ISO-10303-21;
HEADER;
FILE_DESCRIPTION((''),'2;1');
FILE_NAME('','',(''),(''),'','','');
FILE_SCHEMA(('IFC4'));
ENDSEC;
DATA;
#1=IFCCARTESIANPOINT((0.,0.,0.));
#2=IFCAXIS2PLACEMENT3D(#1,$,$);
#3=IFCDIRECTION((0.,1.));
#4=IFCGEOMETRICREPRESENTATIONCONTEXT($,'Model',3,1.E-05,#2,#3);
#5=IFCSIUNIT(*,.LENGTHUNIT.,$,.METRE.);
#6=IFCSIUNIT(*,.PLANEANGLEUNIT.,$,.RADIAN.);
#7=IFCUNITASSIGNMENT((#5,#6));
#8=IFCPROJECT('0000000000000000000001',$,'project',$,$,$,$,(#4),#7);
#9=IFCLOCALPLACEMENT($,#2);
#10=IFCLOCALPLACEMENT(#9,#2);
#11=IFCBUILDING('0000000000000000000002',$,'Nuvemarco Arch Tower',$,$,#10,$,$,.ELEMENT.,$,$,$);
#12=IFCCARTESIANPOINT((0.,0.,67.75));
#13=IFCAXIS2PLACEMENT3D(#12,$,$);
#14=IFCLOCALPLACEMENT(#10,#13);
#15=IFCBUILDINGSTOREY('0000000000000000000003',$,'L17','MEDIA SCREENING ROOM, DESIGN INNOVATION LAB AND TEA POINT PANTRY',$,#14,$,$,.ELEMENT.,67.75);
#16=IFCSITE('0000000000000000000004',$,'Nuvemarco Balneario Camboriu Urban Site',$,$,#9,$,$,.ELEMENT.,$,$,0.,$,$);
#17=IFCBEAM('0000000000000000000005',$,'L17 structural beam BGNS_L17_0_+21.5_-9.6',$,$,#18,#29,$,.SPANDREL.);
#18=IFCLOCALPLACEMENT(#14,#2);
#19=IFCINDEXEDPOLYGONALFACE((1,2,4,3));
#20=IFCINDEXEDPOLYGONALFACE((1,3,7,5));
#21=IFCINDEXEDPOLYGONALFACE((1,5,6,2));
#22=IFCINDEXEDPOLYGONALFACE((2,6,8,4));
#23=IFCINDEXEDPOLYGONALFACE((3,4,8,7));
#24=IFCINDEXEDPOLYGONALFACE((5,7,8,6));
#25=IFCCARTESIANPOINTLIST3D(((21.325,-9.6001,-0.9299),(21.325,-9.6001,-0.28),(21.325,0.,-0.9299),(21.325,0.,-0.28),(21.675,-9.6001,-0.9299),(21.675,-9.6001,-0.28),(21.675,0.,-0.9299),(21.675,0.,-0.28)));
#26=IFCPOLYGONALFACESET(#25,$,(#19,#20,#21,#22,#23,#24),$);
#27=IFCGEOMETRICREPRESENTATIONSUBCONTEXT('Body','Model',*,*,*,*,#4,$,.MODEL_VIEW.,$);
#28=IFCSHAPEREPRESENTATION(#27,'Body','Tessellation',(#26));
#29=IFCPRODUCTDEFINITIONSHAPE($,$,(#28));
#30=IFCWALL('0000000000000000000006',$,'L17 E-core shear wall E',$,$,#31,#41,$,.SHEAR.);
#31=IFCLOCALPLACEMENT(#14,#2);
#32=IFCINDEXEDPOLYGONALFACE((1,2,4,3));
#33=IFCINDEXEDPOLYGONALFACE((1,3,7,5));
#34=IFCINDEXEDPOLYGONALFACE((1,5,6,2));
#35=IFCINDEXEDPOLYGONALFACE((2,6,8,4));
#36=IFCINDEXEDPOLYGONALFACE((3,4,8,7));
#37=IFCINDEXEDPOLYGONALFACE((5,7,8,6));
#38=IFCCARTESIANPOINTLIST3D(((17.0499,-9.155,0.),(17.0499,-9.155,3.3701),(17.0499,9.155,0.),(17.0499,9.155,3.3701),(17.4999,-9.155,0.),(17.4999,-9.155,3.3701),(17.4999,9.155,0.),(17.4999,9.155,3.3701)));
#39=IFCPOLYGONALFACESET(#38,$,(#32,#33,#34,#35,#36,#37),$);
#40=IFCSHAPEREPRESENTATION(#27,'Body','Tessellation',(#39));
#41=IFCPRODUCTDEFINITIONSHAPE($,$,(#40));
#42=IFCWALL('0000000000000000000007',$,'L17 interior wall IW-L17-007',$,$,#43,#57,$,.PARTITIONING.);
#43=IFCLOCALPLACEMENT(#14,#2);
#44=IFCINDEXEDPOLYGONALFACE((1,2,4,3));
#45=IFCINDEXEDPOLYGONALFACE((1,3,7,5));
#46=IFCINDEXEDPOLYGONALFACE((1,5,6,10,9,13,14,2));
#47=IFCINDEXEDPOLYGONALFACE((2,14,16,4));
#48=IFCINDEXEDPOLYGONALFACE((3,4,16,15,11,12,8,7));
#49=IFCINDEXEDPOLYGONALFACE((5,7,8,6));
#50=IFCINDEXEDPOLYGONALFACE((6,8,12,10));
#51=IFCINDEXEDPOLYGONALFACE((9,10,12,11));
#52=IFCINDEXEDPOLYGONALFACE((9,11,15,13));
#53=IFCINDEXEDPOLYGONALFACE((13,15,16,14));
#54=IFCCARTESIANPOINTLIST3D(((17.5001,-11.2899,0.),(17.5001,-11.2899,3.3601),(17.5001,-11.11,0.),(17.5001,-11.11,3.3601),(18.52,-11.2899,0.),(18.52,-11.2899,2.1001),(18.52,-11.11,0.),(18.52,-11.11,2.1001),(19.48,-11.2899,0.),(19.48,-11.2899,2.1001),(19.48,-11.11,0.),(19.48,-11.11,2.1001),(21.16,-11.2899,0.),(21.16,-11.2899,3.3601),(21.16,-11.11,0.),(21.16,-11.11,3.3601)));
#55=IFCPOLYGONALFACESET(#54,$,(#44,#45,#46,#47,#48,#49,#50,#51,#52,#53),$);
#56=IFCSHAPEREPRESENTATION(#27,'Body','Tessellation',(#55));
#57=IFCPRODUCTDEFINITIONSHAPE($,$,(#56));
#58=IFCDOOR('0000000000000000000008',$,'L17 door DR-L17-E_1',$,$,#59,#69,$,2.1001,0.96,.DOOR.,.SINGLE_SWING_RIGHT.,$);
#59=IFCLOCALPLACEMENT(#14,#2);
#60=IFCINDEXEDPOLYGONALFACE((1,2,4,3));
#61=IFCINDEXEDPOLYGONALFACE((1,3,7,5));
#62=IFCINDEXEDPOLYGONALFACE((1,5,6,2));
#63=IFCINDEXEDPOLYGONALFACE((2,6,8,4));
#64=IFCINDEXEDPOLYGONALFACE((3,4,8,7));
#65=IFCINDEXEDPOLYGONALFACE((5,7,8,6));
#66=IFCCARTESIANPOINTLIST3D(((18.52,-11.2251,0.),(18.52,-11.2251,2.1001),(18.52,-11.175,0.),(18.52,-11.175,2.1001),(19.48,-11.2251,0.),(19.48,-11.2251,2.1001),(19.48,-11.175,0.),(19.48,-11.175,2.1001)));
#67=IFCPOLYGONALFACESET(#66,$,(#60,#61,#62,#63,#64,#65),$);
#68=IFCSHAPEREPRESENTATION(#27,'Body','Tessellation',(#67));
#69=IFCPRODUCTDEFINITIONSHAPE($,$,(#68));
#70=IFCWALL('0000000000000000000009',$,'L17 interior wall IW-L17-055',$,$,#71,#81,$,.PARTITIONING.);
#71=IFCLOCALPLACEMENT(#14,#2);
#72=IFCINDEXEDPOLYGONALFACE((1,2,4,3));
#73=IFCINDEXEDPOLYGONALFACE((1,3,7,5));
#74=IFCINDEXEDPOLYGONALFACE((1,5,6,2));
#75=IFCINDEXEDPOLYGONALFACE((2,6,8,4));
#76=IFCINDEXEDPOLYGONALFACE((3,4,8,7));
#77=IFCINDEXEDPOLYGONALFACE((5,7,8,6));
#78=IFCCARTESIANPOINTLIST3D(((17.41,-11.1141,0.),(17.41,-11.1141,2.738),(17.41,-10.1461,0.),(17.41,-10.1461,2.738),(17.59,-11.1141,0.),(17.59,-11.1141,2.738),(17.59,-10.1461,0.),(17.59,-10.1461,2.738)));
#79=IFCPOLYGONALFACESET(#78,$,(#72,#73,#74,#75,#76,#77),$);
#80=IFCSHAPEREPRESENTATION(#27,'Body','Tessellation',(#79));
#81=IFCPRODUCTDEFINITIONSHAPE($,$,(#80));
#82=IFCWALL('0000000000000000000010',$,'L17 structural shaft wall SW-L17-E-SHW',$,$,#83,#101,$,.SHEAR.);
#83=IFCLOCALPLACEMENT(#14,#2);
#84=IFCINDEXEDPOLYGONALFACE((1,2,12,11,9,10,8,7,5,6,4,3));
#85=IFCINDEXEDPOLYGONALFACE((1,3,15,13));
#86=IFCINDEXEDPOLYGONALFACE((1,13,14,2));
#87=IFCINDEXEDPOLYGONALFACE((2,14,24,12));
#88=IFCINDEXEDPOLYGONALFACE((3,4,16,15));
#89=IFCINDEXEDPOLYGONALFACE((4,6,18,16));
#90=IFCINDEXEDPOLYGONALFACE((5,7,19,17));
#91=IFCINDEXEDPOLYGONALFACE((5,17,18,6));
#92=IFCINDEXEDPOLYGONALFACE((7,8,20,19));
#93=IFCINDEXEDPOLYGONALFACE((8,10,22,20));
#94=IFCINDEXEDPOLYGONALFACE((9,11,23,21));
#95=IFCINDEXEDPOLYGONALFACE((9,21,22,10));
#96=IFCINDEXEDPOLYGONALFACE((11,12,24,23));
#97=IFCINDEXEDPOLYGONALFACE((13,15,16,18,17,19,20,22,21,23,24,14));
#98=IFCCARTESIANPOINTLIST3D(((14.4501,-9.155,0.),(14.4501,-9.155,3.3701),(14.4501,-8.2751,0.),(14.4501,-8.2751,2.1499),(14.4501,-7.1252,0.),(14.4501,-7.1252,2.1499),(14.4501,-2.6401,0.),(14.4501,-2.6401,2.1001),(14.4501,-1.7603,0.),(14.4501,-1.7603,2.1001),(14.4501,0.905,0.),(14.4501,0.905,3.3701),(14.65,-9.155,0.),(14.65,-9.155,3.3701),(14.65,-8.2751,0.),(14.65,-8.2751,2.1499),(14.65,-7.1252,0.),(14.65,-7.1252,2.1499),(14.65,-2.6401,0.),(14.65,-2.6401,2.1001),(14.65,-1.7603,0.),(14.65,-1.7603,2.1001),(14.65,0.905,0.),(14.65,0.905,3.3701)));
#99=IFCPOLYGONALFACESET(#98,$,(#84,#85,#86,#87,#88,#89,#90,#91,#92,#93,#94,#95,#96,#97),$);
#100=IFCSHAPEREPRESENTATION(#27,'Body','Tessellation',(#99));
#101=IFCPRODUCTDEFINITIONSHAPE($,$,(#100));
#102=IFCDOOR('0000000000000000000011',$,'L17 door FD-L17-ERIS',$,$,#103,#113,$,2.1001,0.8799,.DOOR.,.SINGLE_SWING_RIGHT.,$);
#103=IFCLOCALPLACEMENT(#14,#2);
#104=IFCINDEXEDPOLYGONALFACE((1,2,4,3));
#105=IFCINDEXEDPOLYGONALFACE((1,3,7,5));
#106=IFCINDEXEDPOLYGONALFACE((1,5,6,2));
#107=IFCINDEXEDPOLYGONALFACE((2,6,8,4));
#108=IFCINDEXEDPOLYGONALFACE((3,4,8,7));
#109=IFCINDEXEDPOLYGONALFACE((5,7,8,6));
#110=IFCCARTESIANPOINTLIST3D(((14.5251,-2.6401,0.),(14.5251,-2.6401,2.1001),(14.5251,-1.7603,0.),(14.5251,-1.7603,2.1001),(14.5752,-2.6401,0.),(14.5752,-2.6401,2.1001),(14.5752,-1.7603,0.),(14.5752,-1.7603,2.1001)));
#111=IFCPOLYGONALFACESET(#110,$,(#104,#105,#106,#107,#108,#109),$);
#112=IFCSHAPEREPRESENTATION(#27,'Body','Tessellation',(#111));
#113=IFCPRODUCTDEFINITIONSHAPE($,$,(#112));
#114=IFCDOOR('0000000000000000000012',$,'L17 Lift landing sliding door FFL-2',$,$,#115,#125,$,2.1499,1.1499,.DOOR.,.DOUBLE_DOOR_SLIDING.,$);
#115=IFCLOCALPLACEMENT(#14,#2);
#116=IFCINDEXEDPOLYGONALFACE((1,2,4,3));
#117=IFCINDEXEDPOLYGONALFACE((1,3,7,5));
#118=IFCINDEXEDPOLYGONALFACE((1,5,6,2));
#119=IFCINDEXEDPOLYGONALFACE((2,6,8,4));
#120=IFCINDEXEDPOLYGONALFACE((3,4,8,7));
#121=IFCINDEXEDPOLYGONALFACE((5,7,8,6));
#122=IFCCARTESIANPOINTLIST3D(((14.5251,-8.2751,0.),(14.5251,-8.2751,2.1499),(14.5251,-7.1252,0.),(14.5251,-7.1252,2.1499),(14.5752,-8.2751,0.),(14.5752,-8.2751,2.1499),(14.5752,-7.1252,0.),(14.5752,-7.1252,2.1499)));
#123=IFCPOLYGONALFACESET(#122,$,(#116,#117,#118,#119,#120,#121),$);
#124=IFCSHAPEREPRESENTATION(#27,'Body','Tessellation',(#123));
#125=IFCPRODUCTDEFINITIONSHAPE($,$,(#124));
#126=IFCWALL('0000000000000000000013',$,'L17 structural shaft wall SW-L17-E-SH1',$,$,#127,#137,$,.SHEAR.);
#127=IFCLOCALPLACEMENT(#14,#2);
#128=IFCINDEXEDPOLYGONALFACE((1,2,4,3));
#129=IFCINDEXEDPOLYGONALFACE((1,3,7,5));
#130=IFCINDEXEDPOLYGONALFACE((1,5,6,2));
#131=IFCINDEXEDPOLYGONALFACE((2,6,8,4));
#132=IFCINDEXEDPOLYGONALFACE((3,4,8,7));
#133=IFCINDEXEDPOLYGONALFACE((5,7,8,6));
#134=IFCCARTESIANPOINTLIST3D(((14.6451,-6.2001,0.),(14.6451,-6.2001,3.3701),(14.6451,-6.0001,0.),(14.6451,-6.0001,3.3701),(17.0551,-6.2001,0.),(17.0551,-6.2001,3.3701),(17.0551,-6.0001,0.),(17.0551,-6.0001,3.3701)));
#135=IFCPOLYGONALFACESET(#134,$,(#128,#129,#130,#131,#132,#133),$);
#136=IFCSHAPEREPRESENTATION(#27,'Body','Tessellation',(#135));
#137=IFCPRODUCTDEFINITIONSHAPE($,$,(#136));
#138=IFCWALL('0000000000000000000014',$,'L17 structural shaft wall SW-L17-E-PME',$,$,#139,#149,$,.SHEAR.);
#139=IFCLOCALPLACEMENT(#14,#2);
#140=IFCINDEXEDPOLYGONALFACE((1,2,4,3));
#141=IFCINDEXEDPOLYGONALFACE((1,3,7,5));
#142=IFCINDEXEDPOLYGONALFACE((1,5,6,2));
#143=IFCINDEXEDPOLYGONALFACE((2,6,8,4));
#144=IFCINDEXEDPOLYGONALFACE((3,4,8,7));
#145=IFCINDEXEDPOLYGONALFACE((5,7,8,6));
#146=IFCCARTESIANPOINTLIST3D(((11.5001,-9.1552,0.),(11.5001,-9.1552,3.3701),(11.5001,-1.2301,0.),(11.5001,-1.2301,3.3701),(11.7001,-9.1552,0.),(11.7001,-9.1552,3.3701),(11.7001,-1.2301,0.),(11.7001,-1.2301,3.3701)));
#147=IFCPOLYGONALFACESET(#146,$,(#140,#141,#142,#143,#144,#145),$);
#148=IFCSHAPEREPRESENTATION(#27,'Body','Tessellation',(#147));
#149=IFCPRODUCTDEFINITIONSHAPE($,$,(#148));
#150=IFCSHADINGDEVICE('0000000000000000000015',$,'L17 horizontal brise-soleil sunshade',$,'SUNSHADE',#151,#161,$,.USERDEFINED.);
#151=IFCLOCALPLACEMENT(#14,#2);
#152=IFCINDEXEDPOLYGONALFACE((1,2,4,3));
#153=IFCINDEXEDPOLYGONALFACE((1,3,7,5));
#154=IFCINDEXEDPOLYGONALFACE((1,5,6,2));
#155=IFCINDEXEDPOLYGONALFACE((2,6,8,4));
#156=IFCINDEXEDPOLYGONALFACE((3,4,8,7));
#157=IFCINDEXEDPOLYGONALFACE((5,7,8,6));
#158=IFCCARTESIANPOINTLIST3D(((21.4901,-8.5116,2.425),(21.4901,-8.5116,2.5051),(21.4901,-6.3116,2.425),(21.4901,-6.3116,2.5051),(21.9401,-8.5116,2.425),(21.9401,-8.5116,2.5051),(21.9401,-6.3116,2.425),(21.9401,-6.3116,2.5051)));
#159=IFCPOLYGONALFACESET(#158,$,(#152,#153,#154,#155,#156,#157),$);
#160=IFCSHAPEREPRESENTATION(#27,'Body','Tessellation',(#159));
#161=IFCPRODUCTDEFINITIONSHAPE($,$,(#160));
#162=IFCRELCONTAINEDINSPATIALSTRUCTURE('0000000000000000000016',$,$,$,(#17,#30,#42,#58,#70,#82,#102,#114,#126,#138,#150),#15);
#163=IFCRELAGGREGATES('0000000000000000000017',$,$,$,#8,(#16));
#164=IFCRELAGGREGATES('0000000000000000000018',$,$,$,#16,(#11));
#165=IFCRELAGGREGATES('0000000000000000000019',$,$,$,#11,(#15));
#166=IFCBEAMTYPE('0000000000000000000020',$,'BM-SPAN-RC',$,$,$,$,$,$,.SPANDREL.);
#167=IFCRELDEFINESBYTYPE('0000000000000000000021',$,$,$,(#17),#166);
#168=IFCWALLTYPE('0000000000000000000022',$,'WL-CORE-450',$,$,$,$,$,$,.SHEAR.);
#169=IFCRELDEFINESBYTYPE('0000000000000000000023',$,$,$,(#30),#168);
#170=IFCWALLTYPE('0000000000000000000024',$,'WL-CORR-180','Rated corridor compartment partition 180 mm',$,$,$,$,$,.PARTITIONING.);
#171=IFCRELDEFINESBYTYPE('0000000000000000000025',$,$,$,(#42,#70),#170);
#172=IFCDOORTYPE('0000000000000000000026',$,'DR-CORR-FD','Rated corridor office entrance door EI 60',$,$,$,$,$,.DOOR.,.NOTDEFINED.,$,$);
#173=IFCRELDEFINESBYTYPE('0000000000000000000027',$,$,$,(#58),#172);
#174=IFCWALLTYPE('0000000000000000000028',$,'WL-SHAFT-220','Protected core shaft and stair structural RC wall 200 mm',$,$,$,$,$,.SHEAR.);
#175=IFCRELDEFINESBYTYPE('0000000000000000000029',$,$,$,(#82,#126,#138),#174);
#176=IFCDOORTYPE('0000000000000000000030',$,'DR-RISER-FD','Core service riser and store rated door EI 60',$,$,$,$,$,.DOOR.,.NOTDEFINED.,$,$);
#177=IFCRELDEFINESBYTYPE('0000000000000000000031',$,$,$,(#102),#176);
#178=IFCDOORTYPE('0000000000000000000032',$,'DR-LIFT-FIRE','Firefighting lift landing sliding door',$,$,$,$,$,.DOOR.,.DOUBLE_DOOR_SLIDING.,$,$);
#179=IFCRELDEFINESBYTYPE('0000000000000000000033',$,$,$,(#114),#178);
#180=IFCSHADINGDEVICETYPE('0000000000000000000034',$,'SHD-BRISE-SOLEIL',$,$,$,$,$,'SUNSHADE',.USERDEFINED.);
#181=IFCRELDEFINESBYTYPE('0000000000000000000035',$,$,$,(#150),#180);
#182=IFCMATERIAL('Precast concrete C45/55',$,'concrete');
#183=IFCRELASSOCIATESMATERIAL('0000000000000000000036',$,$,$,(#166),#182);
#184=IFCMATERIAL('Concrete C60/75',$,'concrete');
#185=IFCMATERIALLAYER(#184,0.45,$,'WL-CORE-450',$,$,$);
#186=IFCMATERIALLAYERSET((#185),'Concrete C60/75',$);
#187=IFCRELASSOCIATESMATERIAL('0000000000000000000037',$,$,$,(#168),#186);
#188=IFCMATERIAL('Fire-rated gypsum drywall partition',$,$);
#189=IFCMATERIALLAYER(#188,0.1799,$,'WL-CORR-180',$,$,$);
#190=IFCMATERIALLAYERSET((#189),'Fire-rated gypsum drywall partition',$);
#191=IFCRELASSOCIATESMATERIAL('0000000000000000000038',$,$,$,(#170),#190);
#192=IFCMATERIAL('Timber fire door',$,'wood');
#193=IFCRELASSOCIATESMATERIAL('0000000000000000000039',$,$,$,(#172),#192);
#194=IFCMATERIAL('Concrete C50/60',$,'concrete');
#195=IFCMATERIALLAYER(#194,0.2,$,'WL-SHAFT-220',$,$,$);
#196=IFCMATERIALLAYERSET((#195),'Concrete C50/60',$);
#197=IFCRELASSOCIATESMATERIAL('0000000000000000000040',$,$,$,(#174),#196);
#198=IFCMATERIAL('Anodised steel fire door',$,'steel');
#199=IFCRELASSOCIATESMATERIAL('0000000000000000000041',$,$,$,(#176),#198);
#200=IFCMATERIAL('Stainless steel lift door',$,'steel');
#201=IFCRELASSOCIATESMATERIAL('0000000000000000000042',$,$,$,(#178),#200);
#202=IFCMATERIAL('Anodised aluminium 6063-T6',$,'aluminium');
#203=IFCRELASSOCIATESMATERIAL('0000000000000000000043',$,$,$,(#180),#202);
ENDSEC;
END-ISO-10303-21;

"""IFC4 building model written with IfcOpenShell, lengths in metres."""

from ifc_helpers import new_model, si_unit, direction, frame, frame_2d, origin, origin_2d, place, context, subcontext, project, spatial, rectangle, extrude, source, transform, mapped, material, layer, layer_set, material_profile, profile_set, type_object, type_shapes, element, fill, save


model = new_model("IFC4")

# Units and contexts
model_context = context("Model", 3, precision=1e-05, world=origin(), true_north=direction((0.0, 1.0)))
body_context = subcontext(model_context, "Body", "Model", "MODEL_VIEW")
ifc_project = project(units=[si_unit("LENGTHUNIT", "METRE"), si_unit("PLANEANGLEUNIT", "RADIAN")], contexts=[model_context])

# Site, building, storey
site_placement = place(None, origin())
site = spatial("IfcSite", under=ifc_project, at=site_placement, Name="Nuvemarco Balneario Camboriu Urban Site", CompositionType="ELEMENT", RefElevation=0.0)
building_placement = place(site_placement, origin())
building = spatial("IfcBuilding", under=site, at=building_placement, Name="Nuvemarco Arch Tower", CompositionType="ELEMENT")
storey_placement = place(building_placement, frame((0.0, 0.0, 67.75)))
storey = spatial("IfcBuildingStorey", under=building, at=storey_placement, Name="L17", Description="MEDIA SCREENING ROOM, DESIGN INNOVATION LAB AND TEA POINT PANTRY", CompositionType="ELEMENT", Elevation=67.75)

# Shared definitions
ifc_material_1 = material(Name="Concrete C60/75", Category="concrete")

# Beam
ifc_material_2 = material(Name="Precast concrete C45/55", Category="concrete")
ifc_material_profile_1 = material_profile(ifc_material_2, rectangle(XDim=0.3501, YDim=0.6499, at=origin_2d()), Name="PC-SP-350x650")
ifc_profile_set_1 = profile_set([ifc_material_profile_1], Name="Precast concrete C45/55")
beam_type_1 = type_object("IfcBeamType", Name="BM-SPAN-RC", PredefinedType="SPANDREL", material=ifc_profile_set_1)
beam_1_placement = place(storey_placement, frame((21.5, -9.6001, -0.605), z_axis=(0.0, 1.0, 0.0), x_axis=(-1.0, 0.0, 0.0)))
element("IfcBeam", 1, at=beam_1_placement, inside=storey, type_object=beam_type_1, Name="L17 structural beam BGNS_L17_0_+21.5_-9.6", PredefinedType="SPANDREL", context=body_context, shape_type="SweptSolid", body=[
    extrude(rectangle(XDim=0.3501, YDim=0.6499, at=origin_2d()), origin(), (0.0, 0.0, 1.0), 9.6001),
])

# Wall
ifc_layer_1 = layer(ifc_material_1, 0.45, Name="WL-CORE-450")
ifc_layer_set_1 = layer_set([ifc_layer_1], Name="Concrete C60/75")
wall_type_1 = type_object("IfcWallType", Name="WL-CORE-450", PredefinedType="SHEAR", material=ifc_layer_set_1)
wall_1_placement = place(storey_placement, frame((17.2749, -9.155, 0.0), z_axis=(0.0, 0.0, 1.0), x_axis=(0.0, 1.0, 0.0)))
element("IfcWall", 2, at=wall_1_placement, inside=storey, type_object=wall_type_1, Name="L17 E-core shear wall E", PredefinedType="SHEAR", context=body_context, shape_type="SweptSolid", body=[
    extrude(rectangle(XDim=18.3101, YDim=0.45, at=frame_2d((9.155, 0.0))), origin(), (0.0, 0.0, 1.0), 3.3701),
])

# Wall, opening, door
ifc_material_3 = material(Name="Fire-rated gypsum drywall partition")
ifc_layer_2 = layer(ifc_material_3, 0.1799, Name="WL-CORR-180")
ifc_layer_set_2 = layer_set([ifc_layer_2], Name="Fire-rated gypsum drywall partition")
wall_type_2 = type_object("IfcWallType", Name="WL-CORR-180", Description="Rated corridor compartment partition 180 mm", PredefinedType="PARTITIONING", material=ifc_layer_set_2)
wall_2_placement = place(storey_placement, frame((17.5, -11.2, 0.0), z_axis=(0.0, 0.0, 1.0), x_axis=(1.0, 0.0, 0.0)))
wall_2 = element("IfcWall", 3, at=wall_2_placement, inside=storey, type_object=wall_type_2, Name="L17 interior wall IW-L17-007", PredefinedType="PARTITIONING", context=body_context, shape_type="SweptSolid", body=[
    extrude(rectangle(XDim=3.6599, YDim=0.1799, at=frame_2d((1.8301, 0.0))), origin(), (0.0, 0.0, 1.0), 3.3601),
])
opening_1_placement = place(wall_2_placement, frame((1.02, 0.0, 0.0)))
opening_1 = element("IfcOpeningElement", 4, at=opening_1_placement, cuts=wall_2, PredefinedType="OPENING", context=body_context, shape_type="SweptSolid", body=[
    extrude(rectangle(XDim=0.96, YDim=2.1001, at=frame_2d((0.48, 1.05))), frame((0.0, 0.0999, 0.0), z_axis=(0.0, -1.0, 0.0), x_axis=(1.0, 0.0, 0.0)), (0.0, 0.0, 1.0), 0.2),
])
ifc_material_4 = material(Name="Timber fire door", Category="wood")
door_type_1 = type_object("IfcDoorType", Name="DR-CORR-FD", Description="Rated corridor office entrance door EI 60", OperationType="NOTDEFINED", PredefinedType="DOOR", material=ifc_material_4)
shared_shape_1 = source(origin(), body_context, "Body", "SweptSolid", [
    extrude(rectangle(XDim=0.96, YDim=2.1001, at=frame_2d((0.48, 1.05))), frame((0.0, 0.0249, 0.0), z_axis=(0.0, -1.0, 0.0), x_axis=(1.0, 0.0, 0.0)), (0.0, 0.0, 1.0), 0.05),
])
type_shapes(door_type_1, [shared_shape_1])
door_1_placement = place(opening_1_placement, origin())
door_1 = element("IfcDoor", 5, at=door_1_placement, inside=storey, type_object=door_type_1, Name="L17 door DR-L17-E_1", OperationType="SINGLE_SWING_RIGHT", OverallHeight=2.1001, OverallWidth=0.96, PredefinedType="DOOR", context=body_context, shape_type="MappedRepresentation", body=[
    mapped(shared_shape_1, transform((0.0, 0.0, 0.0), scale=1.0)),
])
fill(opening_1, door_1)

# Wall
wall_3_placement = place(storey_placement, frame((17.5, -11.114, 0.0), z_axis=(0.0, 0.0, 1.0), x_axis=(0.0, 1.0, 0.0)))
element("IfcWall", 6, at=wall_3_placement, inside=storey, type_object=wall_type_2, Name="L17 interior wall IW-L17-055", PredefinedType="PARTITIONING", context=body_context, shape_type="SweptSolid", body=[
    extrude(rectangle(XDim=0.968, YDim=0.1799, at=frame_2d((0.4839, 0.0))), origin(), (0.0, 0.0, 1.0), 2.738),
])

# Wall, openings, doors
ifc_material_5 = material(Name="Concrete C50/60", Category="concrete")
ifc_layer_3 = layer(ifc_material_5, 0.2, Name="WL-SHAFT-220")
ifc_layer_set_3 = layer_set([ifc_layer_3], Name="Concrete C50/60")
wall_type_3 = type_object("IfcWallType", Name="WL-SHAFT-220", Description="Protected core shaft and stair structural RC wall 200 mm", PredefinedType="SHEAR", material=ifc_layer_set_3)
wall_4_placement = place(storey_placement, frame((14.55, -9.155, 0.0), z_axis=(0.0, 0.0, 1.0), x_axis=(0.0, 1.0, 0.0)))
wall_4 = element("IfcWall", 7, at=wall_4_placement, inside=storey, type_object=wall_type_3, Name="L17 structural shaft wall SW-L17-E-SHW", PredefinedType="SHEAR", context=body_context, shape_type="SweptSolid", body=[
    extrude(rectangle(XDim=10.0601, YDim=0.2, at=frame_2d((5.03, 0.0))), origin(), (0.0, 0.0, 1.0), 3.3701),
])
opening_2_placement = place(wall_4_placement, frame((6.5149, 0.0, 0.0)))
opening_2 = element("IfcOpeningElement", 8, at=opening_2_placement, cuts=wall_4, PredefinedType="OPENING", context=body_context, shape_type="SweptSolid", body=[
    extrude(rectangle(XDim=0.8799, YDim=2.1001, at=frame_2d((0.4399, 1.05))), frame((0.0, 0.1099, 0.0), z_axis=(0.0, -1.0, 0.0), x_axis=(1.0, 0.0, 0.0)), (0.0, 0.0, 1.0), 0.22),
])
opening_3_placement = place(wall_4_placement, frame((0.8799, 0.0, 0.0)))
opening_3 = element("IfcOpeningElement", 9, at=opening_3_placement, cuts=wall_4, PredefinedType="OPENING", context=body_context, shape_type="SweptSolid", body=[
    extrude(rectangle(XDim=1.1499, YDim=2.1499, at=frame_2d((0.575, 1.075))), frame((0.0, 0.1099, 0.0), z_axis=(0.0, -1.0, 0.0), x_axis=(1.0, 0.0, 0.0)), (0.0, 0.0, 1.0), 0.22),
])
ifc_material_6 = material(Name="Anodised steel fire door", Category="steel")
door_type_2 = type_object("IfcDoorType", Name="DR-RISER-FD", Description="Core service riser and store rated door EI 60", OperationType="NOTDEFINED", PredefinedType="DOOR", material=ifc_material_6)
shared_shape_2 = source(origin(), body_context, "Body", "SweptSolid", [
    extrude(rectangle(XDim=0.8799, YDim=2.1001, at=frame_2d((0.4399, 1.05))), frame((0.0, 0.0249, 0.0), z_axis=(0.0, -1.0, 0.0), x_axis=(1.0, 0.0, 0.0)), (0.0, 0.0, 1.0), 0.05),
])
type_shapes(door_type_2, [shared_shape_2])
door_2_placement = place(opening_2_placement, origin())
door_2 = element("IfcDoor", 10, at=door_2_placement, inside=storey, type_object=door_type_2, Name="L17 door FD-L17-ERIS", OperationType="SINGLE_SWING_RIGHT", OverallHeight=2.1001, OverallWidth=0.8799, PredefinedType="DOOR", context=body_context, shape_type="MappedRepresentation", body=[
    mapped(shared_shape_2, transform((0.0, 0.0, 0.0), scale=1.0)),
])
fill(opening_2, door_2)
ifc_material_7 = material(Name="Stainless steel lift door", Category="steel")
door_type_3 = type_object("IfcDoorType", Name="DR-LIFT-FIRE", Description="Firefighting lift landing sliding door", OperationType="DOUBLE_DOOR_SLIDING", PredefinedType="DOOR", material=ifc_material_7)
shared_shape_3 = source(origin(), body_context, "Body", "SweptSolid", [
    extrude(rectangle(XDim=1.1499, YDim=2.1499, at=frame_2d((0.575, 1.075))), frame((0.0, 0.0249, 0.0), z_axis=(0.0, -1.0, 0.0), x_axis=(1.0, 0.0, 0.0)), (0.0, 0.0, 1.0), 0.05),
])
type_shapes(door_type_3, [shared_shape_3])
door_3_placement = place(opening_3_placement, origin())
door_3 = element("IfcDoor", 11, at=door_3_placement, inside=storey, type_object=door_type_3, Name="L17 Lift landing sliding door FFL-2", OperationType="DOUBLE_DOOR_SLIDING", OverallHeight=2.1499, OverallWidth=1.1499, PredefinedType="DOOR", context=body_context, shape_type="MappedRepresentation", body=[
    mapped(shared_shape_3, transform((0.0, 0.0, 0.0), scale=1.0)),
])
fill(opening_3, door_3)

# Walls
wall_5_placement = place(storey_placement, frame((14.645, -6.1001, 0.0), z_axis=(0.0, 0.0, 1.0), x_axis=(1.0, 0.0, 0.0)))
element("IfcWall", 12, at=wall_5_placement, inside=storey, type_object=wall_type_3, Name="L17 structural shaft wall SW-L17-E-SH1", PredefinedType="SHEAR", context=body_context, shape_type="SweptSolid", body=[
    extrude(rectangle(XDim=2.4099, YDim=0.2, at=frame_2d((1.2051, 0.0))), origin(), (0.0, 0.0, 1.0), 3.3701),
])
wall_6_placement = place(storey_placement, frame((11.6001, -9.155, 0.0), z_axis=(0.0, 0.0, 1.0), x_axis=(0.0, 1.0, 0.0)))
element("IfcWall", 13, at=wall_6_placement, inside=storey, type_object=wall_type_3, Name="L17 structural shaft wall SW-L17-E-PME", PredefinedType="SHEAR", context=body_context, shape_type="SweptSolid", body=[
    extrude(rectangle(XDim=7.925, YDim=0.2, at=frame_2d((3.9624, 0.0))), origin(), (0.0, 0.0, 1.0), 3.3701),
])

# Shading device
ifc_material_8 = material(Name="Anodised aluminium 6063-T6", Category="aluminium")
shading_device_type = type_object("IfcShadingDeviceType", Name="SHD-BRISE-SOLEIL", ElementType="SUNSHADE", PredefinedType="USERDEFINED", material=ifc_material_8)
shared_shape_4 = source(origin(), body_context, "Body", "SweptSolid", [
    extrude(rectangle(XDim=2.2, YDim=0.45, at=origin_2d()), origin(), (0.0, 0.0, 1.0), 0.0801),
])
type_shapes(shading_device_type, [shared_shape_4])
for number, where, z_axis, x_axis, name in (
    (14, (21.7151, -7.4116, 2.425), (0.0, 0.0, 1.0), (0.0, 1.0, 0.0), "L17 horizontal brise-soleil sunshade"),
):
    element("IfcShadingDevice", number, at=place(storey_placement, frame(where, z_axis=z_axis, x_axis=x_axis)), inside=storey, type_object=shading_device_type, Name=name, ObjectType="SUNSHADE", PredefinedType="USERDEFINED", context=body_context, shape_type="MappedRepresentation", body=[
        mapped(shared_shape_4, transform((0.0, 0.0, 0.0), scale=1.0)),
    ])

save(model, "model.ifc")
